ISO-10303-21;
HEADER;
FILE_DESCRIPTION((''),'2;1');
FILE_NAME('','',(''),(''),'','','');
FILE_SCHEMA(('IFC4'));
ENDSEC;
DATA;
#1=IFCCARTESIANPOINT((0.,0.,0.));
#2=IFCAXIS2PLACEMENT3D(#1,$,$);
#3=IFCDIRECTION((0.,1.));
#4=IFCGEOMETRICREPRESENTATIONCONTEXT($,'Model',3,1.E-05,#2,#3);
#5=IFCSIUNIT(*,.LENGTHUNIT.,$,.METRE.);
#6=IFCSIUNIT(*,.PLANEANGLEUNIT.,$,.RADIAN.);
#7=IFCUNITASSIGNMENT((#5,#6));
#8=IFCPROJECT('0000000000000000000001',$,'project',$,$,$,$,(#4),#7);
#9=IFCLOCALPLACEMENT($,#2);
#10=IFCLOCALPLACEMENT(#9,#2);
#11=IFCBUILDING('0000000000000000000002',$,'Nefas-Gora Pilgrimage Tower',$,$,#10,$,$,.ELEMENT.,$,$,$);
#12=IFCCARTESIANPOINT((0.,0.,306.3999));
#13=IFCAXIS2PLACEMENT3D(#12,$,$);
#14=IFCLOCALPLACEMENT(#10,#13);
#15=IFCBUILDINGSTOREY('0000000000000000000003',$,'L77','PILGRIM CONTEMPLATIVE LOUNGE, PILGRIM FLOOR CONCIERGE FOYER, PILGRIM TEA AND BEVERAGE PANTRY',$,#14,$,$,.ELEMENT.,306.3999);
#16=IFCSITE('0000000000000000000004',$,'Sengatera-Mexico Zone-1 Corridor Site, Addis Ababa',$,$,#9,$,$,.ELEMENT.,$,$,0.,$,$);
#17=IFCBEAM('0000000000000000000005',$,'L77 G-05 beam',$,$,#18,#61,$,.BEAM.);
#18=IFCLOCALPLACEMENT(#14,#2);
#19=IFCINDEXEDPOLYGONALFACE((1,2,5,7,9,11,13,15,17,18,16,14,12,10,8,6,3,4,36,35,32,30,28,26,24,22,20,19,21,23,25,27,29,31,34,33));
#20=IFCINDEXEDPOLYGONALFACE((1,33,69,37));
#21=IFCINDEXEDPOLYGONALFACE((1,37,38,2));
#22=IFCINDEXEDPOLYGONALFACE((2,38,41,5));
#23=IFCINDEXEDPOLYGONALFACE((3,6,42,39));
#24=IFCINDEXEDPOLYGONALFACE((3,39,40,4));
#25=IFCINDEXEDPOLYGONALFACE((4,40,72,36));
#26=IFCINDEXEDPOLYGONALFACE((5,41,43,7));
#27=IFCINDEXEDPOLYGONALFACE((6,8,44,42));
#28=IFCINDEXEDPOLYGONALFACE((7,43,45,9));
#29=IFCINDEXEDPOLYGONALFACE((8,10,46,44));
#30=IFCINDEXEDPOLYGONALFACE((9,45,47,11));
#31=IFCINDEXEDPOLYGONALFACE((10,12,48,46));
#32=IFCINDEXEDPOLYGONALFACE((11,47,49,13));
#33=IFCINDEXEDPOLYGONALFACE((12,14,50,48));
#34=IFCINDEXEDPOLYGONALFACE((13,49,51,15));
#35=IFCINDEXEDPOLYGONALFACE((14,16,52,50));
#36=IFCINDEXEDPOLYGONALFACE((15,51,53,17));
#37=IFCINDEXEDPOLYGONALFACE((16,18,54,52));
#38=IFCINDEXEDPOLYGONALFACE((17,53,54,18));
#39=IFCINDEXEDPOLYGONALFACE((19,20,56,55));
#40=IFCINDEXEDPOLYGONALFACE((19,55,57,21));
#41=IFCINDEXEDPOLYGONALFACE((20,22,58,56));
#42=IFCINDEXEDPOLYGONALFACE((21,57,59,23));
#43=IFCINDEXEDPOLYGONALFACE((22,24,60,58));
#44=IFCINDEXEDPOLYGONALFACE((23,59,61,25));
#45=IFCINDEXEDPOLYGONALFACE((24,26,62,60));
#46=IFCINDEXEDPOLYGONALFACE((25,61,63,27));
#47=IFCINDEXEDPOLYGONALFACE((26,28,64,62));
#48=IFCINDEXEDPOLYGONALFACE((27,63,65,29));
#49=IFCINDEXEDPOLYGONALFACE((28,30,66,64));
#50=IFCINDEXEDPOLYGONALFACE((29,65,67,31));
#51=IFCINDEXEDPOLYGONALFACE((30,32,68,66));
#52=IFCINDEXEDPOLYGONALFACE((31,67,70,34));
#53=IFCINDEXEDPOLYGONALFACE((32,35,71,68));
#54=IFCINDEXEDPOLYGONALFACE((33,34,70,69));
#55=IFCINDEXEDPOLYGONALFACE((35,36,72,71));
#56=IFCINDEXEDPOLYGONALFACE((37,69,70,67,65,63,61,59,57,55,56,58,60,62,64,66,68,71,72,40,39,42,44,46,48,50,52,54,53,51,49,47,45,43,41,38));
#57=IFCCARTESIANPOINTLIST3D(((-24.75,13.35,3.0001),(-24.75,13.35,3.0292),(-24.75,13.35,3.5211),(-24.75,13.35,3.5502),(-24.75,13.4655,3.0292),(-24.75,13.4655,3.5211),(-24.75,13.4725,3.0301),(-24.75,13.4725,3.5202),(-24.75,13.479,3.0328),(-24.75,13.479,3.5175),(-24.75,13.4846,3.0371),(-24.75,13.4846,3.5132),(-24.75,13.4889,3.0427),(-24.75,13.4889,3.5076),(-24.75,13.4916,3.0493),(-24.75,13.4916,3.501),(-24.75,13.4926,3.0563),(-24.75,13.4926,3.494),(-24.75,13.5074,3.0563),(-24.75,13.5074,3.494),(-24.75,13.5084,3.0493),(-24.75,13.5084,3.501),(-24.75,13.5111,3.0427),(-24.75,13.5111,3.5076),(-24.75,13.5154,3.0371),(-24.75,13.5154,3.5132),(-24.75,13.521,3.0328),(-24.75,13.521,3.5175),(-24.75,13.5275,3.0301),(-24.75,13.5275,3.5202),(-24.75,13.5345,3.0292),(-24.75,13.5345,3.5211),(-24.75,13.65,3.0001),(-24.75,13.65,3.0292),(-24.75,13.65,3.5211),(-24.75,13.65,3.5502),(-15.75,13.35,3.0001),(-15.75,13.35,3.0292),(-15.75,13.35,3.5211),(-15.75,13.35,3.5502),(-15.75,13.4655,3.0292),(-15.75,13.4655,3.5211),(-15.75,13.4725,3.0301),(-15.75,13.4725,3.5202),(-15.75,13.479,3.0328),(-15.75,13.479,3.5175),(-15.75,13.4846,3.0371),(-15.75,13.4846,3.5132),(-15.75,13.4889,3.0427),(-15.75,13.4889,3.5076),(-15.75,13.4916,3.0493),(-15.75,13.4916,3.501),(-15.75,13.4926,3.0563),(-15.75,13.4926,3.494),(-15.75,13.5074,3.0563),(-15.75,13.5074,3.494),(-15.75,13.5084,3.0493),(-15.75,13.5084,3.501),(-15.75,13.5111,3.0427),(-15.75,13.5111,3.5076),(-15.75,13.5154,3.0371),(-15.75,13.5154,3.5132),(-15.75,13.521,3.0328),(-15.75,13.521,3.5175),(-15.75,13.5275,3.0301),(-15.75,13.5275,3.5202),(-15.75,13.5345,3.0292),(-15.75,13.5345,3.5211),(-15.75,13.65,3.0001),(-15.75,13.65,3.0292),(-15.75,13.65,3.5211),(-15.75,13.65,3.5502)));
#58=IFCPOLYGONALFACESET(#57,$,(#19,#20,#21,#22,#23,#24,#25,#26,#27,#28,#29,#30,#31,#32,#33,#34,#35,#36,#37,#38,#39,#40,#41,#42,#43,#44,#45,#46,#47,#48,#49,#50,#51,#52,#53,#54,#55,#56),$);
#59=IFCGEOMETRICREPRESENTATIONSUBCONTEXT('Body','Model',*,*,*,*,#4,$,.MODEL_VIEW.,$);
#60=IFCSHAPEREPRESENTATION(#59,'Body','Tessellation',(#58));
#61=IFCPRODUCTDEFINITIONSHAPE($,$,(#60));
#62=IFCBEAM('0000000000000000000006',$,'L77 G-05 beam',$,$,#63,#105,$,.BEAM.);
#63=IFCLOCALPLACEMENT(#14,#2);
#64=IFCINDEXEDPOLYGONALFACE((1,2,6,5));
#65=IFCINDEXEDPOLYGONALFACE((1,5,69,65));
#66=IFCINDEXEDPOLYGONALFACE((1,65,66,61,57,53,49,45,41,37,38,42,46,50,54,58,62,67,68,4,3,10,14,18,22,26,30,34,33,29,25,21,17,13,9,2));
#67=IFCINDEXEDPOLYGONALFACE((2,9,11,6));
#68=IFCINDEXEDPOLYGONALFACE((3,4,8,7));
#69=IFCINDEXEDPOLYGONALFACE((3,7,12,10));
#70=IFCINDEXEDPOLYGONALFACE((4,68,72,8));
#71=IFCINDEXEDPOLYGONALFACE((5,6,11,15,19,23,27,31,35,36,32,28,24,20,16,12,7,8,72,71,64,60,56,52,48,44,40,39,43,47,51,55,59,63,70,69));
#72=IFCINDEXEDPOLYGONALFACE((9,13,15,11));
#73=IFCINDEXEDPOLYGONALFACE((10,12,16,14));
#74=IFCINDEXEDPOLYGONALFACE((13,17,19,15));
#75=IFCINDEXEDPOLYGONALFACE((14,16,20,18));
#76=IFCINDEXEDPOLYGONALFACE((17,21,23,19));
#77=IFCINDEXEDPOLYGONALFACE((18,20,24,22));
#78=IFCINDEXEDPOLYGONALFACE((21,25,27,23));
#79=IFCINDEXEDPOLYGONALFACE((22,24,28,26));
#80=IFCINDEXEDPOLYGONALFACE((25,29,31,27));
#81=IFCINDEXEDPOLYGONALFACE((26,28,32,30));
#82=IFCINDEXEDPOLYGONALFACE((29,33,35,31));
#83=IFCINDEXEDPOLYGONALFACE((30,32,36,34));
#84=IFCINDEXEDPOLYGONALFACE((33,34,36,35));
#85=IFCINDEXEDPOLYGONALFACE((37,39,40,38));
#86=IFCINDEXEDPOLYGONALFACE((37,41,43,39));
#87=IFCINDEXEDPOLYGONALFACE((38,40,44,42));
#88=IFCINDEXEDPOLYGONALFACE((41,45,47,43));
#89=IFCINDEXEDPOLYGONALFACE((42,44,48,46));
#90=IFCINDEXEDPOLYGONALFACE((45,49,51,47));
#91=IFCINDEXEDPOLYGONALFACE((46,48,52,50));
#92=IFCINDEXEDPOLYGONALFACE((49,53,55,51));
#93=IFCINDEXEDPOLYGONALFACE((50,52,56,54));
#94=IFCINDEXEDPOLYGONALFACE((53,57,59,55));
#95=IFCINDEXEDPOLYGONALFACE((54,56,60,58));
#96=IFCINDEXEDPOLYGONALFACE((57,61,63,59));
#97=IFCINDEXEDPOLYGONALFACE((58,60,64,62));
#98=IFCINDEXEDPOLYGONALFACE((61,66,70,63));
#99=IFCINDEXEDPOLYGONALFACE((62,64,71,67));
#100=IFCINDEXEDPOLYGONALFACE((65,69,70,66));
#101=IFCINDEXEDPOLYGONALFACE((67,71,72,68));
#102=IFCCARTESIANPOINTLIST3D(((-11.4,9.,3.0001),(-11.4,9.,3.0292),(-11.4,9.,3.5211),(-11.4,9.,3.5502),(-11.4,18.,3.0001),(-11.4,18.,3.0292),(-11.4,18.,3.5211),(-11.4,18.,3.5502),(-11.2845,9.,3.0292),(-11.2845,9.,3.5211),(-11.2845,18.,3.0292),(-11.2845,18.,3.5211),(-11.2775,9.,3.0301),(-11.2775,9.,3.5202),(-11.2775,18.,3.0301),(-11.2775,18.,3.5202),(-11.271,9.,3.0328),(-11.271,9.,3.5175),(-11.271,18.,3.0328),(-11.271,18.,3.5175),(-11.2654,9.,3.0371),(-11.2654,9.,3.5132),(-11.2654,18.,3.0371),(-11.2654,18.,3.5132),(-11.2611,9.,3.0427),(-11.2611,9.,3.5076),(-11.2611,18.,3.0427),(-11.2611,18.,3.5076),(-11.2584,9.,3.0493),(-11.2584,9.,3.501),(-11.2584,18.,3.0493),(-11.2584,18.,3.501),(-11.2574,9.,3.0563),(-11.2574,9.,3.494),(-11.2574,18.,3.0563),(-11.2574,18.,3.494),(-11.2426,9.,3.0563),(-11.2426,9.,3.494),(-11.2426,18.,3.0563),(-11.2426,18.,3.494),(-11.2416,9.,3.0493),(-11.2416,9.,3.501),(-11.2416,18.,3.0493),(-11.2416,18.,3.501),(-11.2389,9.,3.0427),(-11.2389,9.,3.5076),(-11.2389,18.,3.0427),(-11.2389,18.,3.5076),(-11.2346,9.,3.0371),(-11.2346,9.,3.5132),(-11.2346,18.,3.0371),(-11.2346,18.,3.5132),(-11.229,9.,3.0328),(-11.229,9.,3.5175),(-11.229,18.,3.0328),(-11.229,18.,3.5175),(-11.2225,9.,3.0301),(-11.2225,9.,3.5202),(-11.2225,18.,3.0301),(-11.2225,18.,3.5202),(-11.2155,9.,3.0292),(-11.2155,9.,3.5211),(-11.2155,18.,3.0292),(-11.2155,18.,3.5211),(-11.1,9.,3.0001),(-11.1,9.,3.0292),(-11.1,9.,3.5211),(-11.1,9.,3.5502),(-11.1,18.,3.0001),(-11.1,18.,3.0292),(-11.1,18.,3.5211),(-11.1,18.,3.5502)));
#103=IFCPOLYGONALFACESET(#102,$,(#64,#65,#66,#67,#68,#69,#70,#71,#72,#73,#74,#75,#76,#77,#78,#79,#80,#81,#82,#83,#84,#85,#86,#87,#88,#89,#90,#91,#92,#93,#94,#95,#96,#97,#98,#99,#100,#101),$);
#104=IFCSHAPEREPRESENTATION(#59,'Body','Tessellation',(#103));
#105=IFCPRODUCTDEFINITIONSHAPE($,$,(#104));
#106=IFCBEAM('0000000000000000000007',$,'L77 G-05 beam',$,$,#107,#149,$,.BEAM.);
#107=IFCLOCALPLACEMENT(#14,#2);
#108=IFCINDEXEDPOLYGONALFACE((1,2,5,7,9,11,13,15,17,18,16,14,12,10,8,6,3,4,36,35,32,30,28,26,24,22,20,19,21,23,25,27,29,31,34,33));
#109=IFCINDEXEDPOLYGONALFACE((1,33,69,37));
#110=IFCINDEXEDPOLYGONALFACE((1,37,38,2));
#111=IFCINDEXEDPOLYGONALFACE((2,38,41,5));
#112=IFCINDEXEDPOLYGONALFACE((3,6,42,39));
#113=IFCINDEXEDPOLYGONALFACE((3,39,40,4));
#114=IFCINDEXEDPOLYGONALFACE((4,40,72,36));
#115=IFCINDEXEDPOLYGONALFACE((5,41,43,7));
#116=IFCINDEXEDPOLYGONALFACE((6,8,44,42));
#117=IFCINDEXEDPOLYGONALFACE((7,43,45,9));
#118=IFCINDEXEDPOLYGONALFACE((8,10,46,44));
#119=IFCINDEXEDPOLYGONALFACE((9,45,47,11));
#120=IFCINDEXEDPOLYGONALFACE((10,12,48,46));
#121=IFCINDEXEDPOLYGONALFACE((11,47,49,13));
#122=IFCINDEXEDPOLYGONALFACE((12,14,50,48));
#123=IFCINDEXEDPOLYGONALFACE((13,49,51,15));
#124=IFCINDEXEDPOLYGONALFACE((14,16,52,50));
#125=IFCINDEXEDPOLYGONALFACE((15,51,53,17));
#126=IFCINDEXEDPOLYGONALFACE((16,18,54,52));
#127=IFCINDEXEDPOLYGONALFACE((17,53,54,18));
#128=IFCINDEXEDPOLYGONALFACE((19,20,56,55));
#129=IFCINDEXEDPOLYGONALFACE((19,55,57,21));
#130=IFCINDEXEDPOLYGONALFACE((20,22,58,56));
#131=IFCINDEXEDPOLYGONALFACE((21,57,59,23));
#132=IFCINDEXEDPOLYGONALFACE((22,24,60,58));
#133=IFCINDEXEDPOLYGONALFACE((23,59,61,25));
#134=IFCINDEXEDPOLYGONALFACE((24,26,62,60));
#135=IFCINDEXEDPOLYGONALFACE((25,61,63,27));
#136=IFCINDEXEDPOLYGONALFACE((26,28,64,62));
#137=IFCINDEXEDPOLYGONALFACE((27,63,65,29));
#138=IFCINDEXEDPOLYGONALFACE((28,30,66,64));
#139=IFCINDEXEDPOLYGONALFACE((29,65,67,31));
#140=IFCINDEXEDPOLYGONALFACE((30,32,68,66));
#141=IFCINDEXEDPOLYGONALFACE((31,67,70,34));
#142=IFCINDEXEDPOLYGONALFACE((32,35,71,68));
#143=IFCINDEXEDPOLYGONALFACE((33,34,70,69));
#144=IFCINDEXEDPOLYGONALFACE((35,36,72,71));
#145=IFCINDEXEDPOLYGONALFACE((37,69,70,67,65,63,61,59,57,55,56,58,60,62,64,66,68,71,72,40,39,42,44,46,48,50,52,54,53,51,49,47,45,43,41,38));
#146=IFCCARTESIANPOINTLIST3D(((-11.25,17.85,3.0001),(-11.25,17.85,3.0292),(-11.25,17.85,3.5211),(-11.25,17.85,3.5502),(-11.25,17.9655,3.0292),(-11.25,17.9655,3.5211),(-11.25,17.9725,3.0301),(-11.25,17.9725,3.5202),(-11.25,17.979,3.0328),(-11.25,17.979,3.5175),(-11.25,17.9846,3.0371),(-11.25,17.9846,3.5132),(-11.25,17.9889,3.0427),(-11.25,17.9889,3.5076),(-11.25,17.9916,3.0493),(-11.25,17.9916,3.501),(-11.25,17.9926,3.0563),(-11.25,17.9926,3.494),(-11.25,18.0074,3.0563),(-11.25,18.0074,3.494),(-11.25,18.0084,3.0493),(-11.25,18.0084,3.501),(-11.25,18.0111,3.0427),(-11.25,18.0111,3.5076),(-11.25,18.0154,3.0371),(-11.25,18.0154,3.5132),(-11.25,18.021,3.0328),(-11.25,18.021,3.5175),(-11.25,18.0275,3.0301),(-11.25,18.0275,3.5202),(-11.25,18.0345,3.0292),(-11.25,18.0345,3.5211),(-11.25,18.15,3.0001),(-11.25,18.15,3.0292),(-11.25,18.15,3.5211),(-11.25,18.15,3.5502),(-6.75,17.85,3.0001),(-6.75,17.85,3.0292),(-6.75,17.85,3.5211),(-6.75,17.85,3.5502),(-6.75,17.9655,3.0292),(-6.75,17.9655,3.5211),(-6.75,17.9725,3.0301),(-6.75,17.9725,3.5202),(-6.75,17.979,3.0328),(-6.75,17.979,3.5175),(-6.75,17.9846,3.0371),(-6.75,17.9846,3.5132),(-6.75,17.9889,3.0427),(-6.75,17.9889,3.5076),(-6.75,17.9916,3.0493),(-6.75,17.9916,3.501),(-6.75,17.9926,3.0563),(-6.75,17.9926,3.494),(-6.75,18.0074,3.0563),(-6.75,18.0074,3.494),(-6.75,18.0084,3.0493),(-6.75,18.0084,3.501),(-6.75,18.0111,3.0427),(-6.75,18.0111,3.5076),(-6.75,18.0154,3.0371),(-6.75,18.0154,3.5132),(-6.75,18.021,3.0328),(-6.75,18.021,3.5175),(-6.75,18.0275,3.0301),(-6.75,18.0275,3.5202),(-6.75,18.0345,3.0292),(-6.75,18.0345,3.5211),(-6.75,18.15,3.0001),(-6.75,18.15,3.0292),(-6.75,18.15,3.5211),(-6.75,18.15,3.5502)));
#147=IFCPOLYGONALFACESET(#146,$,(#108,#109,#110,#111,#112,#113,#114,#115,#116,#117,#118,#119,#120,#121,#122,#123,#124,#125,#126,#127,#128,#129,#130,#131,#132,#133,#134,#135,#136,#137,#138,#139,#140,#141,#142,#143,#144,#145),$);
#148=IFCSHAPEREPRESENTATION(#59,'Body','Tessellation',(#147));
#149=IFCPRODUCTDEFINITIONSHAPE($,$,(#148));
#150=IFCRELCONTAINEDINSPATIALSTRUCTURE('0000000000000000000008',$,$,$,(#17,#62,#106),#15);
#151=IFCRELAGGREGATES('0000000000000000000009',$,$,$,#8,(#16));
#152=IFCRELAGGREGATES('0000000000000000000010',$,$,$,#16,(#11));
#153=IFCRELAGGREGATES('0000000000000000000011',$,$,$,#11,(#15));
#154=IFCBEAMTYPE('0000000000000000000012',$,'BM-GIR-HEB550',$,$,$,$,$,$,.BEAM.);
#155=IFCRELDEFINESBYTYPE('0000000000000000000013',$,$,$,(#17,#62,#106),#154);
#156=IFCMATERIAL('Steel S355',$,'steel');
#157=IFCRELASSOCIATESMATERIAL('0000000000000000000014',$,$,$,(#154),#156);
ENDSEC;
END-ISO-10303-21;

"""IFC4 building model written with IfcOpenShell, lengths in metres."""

from ifc_helpers import new_model, si_unit, direction, frame, origin, origin_2d, place, context, subcontext, project, spatial, i_section, extrude, source, transform, mapped, material, material_profile, profile_set, type_object, element, save


model = new_model("IFC4")

# Units and contexts
model_context = context("Model", 3, precision=1e-05, world=origin(), true_north=direction((0.0, 1.0)))
body_context = subcontext(model_context, "Body", "Model", "MODEL_VIEW")
ifc_project = project(units=[si_unit("LENGTHUNIT", "METRE"), si_unit("PLANEANGLEUNIT", "RADIAN")], contexts=[model_context])

# Site, building, storey
site_placement = place(None, origin())
site = spatial("IfcSite", under=ifc_project, at=site_placement, Name="Sengatera-Mexico Zone-1 Corridor Site, Addis Ababa", CompositionType="ELEMENT", RefElevation=0.0)
building_placement = place(site_placement, origin())
building = spatial("IfcBuilding", under=site, at=building_placement, Name="Nefas-Gora Pilgrimage Tower", CompositionType="ELEMENT")
storey_placement = place(building_placement, frame((0.0, 0.0, 306.3999)))
storey = spatial("IfcBuildingStorey", under=building, at=storey_placement, Name="L77", Description="PILGRIM CONTEMPLATIVE LOUNGE, PILGRIM FLOOR CONCIERGE FOYER, PILGRIM TEA AND BEVERAGE PANTRY", CompositionType="ELEMENT", Elevation=306.3999)

# Shared definitions
ifc_material_1 = material(Name="Steel S355", Category="steel")

# Beams
ifc_material_profile_1 = material_profile(ifc_material_1, i_section(OverallWidth=0.3, OverallDepth=0.55, WebThickness=0.0149, FlangeThickness=0.0291, FilletRadius=0.0271, at=origin_2d()), Name="HEB 550")
ifc_profile_set_1 = profile_set([ifc_material_profile_1], Name="Steel S355")
beam_type = type_object("IfcBeamType", Name="BM-GIR-HEB550", PredefinedType="BEAM", material=ifc_profile_set_1)
shared_shape_1 = source(origin(), body_context, "Body", "SweptSolid", [
    extrude(i_section(OverallWidth=0.3, OverallDepth=0.55, WebThickness=0.0149, FlangeThickness=0.0291, FilletRadius=0.0271, at=origin_2d()), origin(), (0.0, 0.0, 1.0), 9.0),
])
for number, where, z_axis, x_axis, name in (
    (1, (-24.75, 13.5, 3.2751), (1.0, 0.0, 0.0), (0.0, 1.0, 0.0), "L77 G-05 beam"),
    (2, (-11.25, 9.0, 3.2751), (0.0, 1.0, 0.0), (-1.0, 0.0, 0.0), "L77 G-05 beam"),
):
    element("IfcBeam", number, at=place(storey_placement, frame(where, z_axis=z_axis, x_axis=x_axis)), inside=storey, type_object=beam_type, Name=name, PredefinedType="BEAM", context=body_context, shape_type="MappedRepresentation", body=[
        mapped(shared_shape_1, transform((0.0, 0.0, 0.0), x_axis=(1.0, 0.0, 0.0), y_axis=(0.0, 1.0, 0.0), z_axis=(0.0, 0.0, 1.0), scale=1.0)),
    ])
shared_shape_2 = source(origin(), body_context, "Body", "SweptSolid", [
    extrude(i_section(OverallWidth=0.3, OverallDepth=0.55, WebThickness=0.0149, FlangeThickness=0.0291, FilletRadius=0.0271, at=origin_2d()), origin(), (0.0, 0.0, 1.0), 4.5),
])
beam_placement = place(storey_placement, frame((-11.25, 18.0, 3.2751), z_axis=(1.0, 0.0, 0.0), x_axis=(0.0, 1.0, 0.0)))
element("IfcBeam", 3, at=beam_placement, inside=storey, type_object=beam_type, Name="L77 G-05 beam", PredefinedType="BEAM", context=body_context, shape_type="MappedRepresentation", body=[
    mapped(shared_shape_2, transform((0.0, 0.0, 0.0), x_axis=(1.0, 0.0, 0.0), y_axis=(0.0, 1.0, 0.0), z_axis=(0.0, 0.0, 1.0), scale=1.0)),
])

save(model, "model.ifc")
